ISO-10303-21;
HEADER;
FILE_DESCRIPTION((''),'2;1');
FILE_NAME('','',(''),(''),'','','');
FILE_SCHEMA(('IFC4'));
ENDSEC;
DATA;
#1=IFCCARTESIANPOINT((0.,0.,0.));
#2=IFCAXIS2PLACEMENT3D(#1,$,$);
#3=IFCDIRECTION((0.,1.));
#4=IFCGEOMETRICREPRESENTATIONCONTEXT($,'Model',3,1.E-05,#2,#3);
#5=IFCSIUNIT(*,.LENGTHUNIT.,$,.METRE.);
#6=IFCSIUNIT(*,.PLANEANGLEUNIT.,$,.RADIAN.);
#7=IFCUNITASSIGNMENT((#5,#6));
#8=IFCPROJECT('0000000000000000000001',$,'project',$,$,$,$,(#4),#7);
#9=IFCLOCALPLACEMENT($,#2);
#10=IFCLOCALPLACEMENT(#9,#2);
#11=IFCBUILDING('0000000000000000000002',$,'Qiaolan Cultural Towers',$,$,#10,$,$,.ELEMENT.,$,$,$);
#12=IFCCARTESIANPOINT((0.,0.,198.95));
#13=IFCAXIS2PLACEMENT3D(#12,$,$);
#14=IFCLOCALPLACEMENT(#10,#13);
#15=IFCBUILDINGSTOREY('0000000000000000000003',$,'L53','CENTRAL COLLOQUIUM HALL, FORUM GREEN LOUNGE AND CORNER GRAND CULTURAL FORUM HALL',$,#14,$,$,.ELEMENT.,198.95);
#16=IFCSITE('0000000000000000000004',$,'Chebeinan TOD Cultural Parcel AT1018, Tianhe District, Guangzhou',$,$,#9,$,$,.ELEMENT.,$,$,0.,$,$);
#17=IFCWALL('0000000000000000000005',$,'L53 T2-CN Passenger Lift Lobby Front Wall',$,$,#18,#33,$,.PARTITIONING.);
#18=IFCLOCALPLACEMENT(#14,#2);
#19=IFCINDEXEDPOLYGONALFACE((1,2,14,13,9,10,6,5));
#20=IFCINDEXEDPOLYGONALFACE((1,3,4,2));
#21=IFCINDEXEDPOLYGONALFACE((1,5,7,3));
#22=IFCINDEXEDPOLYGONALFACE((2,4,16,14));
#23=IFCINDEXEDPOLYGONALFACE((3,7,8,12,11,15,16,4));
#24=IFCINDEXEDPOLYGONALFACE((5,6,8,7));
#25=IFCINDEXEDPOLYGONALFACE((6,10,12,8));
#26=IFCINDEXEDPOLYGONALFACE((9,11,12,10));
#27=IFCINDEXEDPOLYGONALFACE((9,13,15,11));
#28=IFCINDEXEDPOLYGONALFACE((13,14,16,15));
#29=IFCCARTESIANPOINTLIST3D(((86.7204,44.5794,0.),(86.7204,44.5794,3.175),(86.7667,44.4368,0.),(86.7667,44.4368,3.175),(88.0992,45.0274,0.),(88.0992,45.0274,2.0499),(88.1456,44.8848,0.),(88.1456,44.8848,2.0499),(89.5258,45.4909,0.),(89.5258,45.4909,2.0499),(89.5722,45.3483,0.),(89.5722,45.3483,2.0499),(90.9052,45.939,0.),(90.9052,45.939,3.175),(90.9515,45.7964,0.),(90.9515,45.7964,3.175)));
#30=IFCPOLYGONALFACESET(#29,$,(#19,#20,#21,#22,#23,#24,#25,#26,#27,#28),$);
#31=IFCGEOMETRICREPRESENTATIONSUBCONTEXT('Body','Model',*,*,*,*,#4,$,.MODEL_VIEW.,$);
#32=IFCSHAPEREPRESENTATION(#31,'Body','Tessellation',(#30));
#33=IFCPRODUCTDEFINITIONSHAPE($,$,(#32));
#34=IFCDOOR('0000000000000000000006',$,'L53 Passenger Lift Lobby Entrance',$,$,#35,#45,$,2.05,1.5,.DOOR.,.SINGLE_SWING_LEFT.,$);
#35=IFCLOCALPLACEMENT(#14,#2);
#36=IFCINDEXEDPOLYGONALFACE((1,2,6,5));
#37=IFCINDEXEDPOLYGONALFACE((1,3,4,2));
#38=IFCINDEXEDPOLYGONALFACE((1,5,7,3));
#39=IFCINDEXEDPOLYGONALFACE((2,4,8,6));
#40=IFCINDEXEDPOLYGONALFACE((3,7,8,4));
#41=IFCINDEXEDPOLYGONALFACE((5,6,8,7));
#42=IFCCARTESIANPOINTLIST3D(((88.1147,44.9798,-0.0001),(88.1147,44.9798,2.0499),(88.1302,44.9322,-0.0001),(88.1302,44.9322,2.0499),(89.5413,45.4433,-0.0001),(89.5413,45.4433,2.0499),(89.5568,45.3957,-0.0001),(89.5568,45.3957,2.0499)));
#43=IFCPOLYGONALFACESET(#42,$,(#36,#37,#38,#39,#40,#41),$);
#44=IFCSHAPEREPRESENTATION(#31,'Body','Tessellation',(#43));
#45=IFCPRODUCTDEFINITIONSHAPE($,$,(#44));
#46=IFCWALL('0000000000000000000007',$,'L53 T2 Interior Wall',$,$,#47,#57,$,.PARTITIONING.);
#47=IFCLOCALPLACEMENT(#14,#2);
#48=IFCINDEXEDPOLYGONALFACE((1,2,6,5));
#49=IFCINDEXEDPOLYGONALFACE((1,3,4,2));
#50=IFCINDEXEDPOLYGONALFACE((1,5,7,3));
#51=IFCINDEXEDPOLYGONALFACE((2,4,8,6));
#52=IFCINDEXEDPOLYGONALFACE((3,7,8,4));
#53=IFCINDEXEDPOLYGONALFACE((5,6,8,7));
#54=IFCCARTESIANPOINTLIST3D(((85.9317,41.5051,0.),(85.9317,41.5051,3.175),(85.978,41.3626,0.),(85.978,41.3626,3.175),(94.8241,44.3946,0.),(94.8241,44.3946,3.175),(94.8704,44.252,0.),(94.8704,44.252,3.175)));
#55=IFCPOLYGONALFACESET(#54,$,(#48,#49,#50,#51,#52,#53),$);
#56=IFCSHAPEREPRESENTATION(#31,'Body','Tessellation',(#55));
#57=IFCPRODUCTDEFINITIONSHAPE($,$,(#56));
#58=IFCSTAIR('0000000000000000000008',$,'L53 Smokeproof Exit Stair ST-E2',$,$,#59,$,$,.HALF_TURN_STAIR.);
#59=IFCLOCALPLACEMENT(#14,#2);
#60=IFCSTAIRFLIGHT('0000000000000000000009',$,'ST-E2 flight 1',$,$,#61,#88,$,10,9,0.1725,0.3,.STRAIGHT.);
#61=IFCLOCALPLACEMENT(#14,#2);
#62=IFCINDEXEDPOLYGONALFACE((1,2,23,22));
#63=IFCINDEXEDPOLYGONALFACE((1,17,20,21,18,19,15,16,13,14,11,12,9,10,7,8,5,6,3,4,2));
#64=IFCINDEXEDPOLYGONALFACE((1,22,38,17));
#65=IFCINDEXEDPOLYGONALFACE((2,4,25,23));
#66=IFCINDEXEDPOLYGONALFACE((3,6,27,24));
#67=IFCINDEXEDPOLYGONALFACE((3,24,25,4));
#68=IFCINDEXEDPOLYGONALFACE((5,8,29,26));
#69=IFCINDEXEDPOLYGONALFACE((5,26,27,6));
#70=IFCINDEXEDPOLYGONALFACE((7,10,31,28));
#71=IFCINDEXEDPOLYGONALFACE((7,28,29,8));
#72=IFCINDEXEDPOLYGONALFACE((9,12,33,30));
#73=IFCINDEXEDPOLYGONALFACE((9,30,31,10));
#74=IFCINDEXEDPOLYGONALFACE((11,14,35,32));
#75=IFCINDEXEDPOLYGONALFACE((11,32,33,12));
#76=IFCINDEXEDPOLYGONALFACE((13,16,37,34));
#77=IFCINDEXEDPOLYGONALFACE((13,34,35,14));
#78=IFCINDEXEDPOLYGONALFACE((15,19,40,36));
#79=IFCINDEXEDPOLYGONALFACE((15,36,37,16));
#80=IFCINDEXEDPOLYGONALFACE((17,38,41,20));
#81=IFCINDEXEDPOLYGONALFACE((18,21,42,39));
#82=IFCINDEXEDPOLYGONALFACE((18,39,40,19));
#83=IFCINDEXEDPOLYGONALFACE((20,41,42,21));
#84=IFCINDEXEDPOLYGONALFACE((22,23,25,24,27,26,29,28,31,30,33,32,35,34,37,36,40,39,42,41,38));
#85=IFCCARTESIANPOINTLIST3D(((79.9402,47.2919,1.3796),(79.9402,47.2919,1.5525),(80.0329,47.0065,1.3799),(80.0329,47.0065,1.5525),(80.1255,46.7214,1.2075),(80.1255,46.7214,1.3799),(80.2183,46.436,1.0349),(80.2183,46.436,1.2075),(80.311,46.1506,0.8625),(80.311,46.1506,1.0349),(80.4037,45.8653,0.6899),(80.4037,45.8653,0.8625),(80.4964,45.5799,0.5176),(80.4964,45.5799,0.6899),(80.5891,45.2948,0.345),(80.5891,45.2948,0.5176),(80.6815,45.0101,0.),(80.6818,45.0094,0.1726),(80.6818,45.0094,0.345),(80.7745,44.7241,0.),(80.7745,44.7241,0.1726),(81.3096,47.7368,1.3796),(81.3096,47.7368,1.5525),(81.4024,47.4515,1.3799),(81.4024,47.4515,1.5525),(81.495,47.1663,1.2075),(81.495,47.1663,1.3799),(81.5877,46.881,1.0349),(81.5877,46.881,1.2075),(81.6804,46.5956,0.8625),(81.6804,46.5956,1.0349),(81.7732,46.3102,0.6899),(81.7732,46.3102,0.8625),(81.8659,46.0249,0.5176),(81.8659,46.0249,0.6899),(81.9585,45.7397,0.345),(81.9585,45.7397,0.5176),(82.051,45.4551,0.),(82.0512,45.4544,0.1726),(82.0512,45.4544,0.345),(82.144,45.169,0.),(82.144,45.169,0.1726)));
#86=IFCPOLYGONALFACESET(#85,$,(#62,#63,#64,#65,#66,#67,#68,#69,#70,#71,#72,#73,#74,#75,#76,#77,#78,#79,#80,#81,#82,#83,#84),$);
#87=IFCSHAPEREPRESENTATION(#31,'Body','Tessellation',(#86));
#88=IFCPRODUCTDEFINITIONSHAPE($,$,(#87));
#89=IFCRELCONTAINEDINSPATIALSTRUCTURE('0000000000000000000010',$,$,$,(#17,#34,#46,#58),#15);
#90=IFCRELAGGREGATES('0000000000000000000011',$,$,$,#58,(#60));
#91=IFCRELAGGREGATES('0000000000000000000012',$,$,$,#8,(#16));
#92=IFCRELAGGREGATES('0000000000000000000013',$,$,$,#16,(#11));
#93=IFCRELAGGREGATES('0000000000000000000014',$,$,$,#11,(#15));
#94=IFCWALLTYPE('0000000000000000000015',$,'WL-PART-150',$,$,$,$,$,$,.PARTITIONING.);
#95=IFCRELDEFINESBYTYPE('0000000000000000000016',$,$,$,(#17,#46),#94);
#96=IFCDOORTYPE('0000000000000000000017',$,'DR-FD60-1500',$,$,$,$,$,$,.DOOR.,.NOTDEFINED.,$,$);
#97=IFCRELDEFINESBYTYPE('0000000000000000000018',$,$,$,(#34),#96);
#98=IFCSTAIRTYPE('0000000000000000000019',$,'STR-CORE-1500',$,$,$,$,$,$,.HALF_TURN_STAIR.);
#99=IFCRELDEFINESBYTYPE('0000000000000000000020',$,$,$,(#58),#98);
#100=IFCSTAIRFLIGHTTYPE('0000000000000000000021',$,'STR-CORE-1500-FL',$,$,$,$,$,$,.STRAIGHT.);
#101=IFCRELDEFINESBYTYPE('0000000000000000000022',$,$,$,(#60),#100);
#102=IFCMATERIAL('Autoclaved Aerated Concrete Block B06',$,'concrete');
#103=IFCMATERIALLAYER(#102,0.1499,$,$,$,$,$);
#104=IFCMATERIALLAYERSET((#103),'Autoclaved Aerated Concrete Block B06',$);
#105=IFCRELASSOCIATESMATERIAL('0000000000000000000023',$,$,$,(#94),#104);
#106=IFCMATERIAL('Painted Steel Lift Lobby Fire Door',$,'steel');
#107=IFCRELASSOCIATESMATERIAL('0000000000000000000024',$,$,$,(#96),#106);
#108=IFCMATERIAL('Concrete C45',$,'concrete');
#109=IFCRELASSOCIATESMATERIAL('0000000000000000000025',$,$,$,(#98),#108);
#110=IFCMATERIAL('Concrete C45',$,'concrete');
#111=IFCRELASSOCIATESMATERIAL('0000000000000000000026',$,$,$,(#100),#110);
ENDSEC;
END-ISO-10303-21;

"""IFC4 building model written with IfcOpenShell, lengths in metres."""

from ifc_helpers import new_model, si_unit, direction, frame, frame_2d, origin, place, context, subcontext, project, spatial, polyline, rectangle, outline, extrude, material, layer, layer_set, type_object, element, fill, aggregate, save


model = new_model("IFC4")

# Units and contexts
model_context = context("Model", 3, precision=1e-05, world=origin(), true_north=direction((0.0, 1.0)))
body_context = subcontext(model_context, "Body", "Model", "MODEL_VIEW")
ifc_project = project(units=[si_unit("LENGTHUNIT", "METRE"), si_unit("PLANEANGLEUNIT", "RADIAN")], contexts=[model_context])

# Site, building, storey
site_placement = place(None, origin())
site = spatial("IfcSite", under=ifc_project, at=site_placement, Name="Chebeinan TOD Cultural Parcel AT1018, Tianhe District, Guangzhou", CompositionType="ELEMENT", RefElevation=0.0)
building_placement = place(site_placement, origin())
building = spatial("IfcBuilding", under=site, at=building_placement, Name="Qiaolan Cultural Towers", CompositionType="ELEMENT")
storey_placement = place(building_placement, frame((0.0, 0.0, 198.95)))
storey = spatial("IfcBuildingStorey", under=building, at=storey_placement, Name="L53", Description="CENTRAL COLLOQUIUM HALL, FORUM GREEN LOUNGE AND CORNER GRAND CULTURAL FORUM HALL", CompositionType="ELEMENT", Elevation=198.95)

# Wall, opening, door
ifc_material_1 = material(Name="Autoclaved Aerated Concrete Block B06", Category="concrete")
ifc_layer_1 = layer(ifc_material_1, 0.1499)
ifc_layer_set_1 = layer_set([ifc_layer_1], Name="Autoclaved Aerated Concrete Block B06")
wall_type_1 = type_object("IfcWallType", Name="WL-PART-150", PredefinedType="PARTITIONING", material=ifc_layer_set_1)
wall_1_placement = place(storey_placement, frame((86.7434, 44.5081, 0.0), z_axis=(0.0, 0.0, 1.0), x_axis=(0.951064, 0.308994, 0.0)))
wall_1 = element("IfcWall", 1, at=wall_1_placement, inside=storey, type_object=wall_type_1, Name="L53 T2-CN Passenger Lift Lobby Front Wall", PredefinedType="PARTITIONING", context=body_context, shape_type="SweptSolid", body=[
    extrude(rectangle(XDim=4.4001, YDim=0.1499, at=frame_2d((2.2002, 0.0))), origin(), (0.0, 0.0, 1.0), 3.175),
])
opening_1_placement = place(wall_1_placement, frame((1.45, 0.0, 0.0)))
opening_1 = element("IfcOpeningElement", 2, at=opening_1_placement, cuts=wall_1, PredefinedType="OPENING", context=body_context, shape_type="SweptSolid", body=[
    extrude(rectangle(XDim=1.5, YDim=2.05, at=frame_2d((0.75, 1.0249))), frame((0.0, 0.085, 0.0), z_axis=(0.0, -1.0, 0.0), x_axis=(1.0, 0.0, 0.0)), (0.0, 0.0, 1.0), 0.1699),
])
ifc_material_2 = material(Name="Painted Steel Lift Lobby Fire Door", Category="steel")
door_type_1 = type_object("IfcDoorType", Name="DR-FD60-1500", OperationType="NOTDEFINED", PredefinedType="DOOR", material=ifc_material_2)
door_1_placement = place(opening_1_placement, origin())
door_1 = element("IfcDoor", 3, at=door_1_placement, inside=storey, type_object=door_type_1, Name="L53 Passenger Lift Lobby Entrance", OperationType="SINGLE_SWING_LEFT", OverallHeight=2.05, OverallWidth=1.5, PredefinedType="DOOR", context=body_context, shape_type="SweptSolid", body=[
    extrude(rectangle(XDim=1.5, YDim=2.05, at=frame_2d((0.75, 1.0249))), frame((0.0, 0.0249, 0.0), z_axis=(0.0, -1.0, 0.0), x_axis=(1.0, 0.0, 0.0)), (0.0, 0.0, 1.0), 0.05),
])
fill(opening_1, door_1)

# Wall
wall_2_placement = place(storey_placement, frame((85.9548, 41.4338, 0.0), z_axis=(0.0, 0.0, 1.0), x_axis=(0.951053, 0.309028, 0.0)))
element("IfcWall", 4, at=wall_2_placement, inside=storey, type_object=wall_type_1, Name="L53 T2 Interior Wall", PredefinedType="PARTITIONING", context=body_context, shape_type="SweptSolid", body=[
    extrude(rectangle(XDim=9.3501, YDim=0.1499, at=frame_2d((4.675, 0.0))), origin(), (0.0, 0.0, 1.0), 3.175),
])

# Stair, stair flight
ifc_material_3 = material(Name="Concrete C45", Category="concrete")
stair_type = type_object("IfcStairType", Name="STR-CORE-1500", PredefinedType="HALF_TURN_STAIR", material=ifc_material_3)
stair_placement = place(storey_placement, origin())
stair = element("IfcStair", 5, at=stair_placement, inside=storey, type_object=stair_type, Name="L53 Smokeproof Exit Stair ST-E2", PredefinedType="HALF_TURN_STAIR")
ifc_material_4 = material(Name="Concrete C45", Category="concrete")
stair_flight_type = type_object("IfcStairFlightType", Name="STR-CORE-1500-FL", PredefinedType="STRAIGHT", material=ifc_material_4)
stair_flight_placement = place(storey_placement, frame((81.4592, 44.9465, 0.0), z_axis=(0.0, 0.0, 1.0), x_axis=(-0.309017, 0.951057, 0.0)))
stair_flight = element("IfcStairFlight", 6, at=stair_flight_placement, type_object=stair_flight_type, Name="ST-E2 flight 1", NumberOfRisers=10, NumberOfTreads=9, PredefinedType="STRAIGHT", RiserHeight=0.1725, TreadLength=0.3, context=body_context, shape_type="SweptSolid", body=[
    extrude(outline(polyline([(0.0, 0.0), (0.0, 0.1726), (0.3, 0.1726), (0.3, 0.345), (0.6001, 0.345), (0.6001, 0.5176), (0.8999, 0.5176), (0.8999, 0.6899), (1.2, 0.6899), (1.2, 0.8625), (1.5, 0.8625), (1.5, 1.0349), (1.8, 1.0349), (1.8, 1.2075), (2.1001, 1.2075), (2.1001, 1.3799), (2.3999, 1.3799), (2.3999, 1.5525), (2.7, 1.5525), (2.7, 1.7251), (2.7, 1.3796), (0.3008, 0.0), (0.0, 0.0)])), frame((0.0, 0.72, 0.0), z_axis=(0.0, -1.0, 0.0), x_axis=(1.0, 0.0, 0.0)), (0.0, 0.0, 1.0), 1.4399),
])
aggregate(stair, [stair_flight])

save(model, "model.ifc")
